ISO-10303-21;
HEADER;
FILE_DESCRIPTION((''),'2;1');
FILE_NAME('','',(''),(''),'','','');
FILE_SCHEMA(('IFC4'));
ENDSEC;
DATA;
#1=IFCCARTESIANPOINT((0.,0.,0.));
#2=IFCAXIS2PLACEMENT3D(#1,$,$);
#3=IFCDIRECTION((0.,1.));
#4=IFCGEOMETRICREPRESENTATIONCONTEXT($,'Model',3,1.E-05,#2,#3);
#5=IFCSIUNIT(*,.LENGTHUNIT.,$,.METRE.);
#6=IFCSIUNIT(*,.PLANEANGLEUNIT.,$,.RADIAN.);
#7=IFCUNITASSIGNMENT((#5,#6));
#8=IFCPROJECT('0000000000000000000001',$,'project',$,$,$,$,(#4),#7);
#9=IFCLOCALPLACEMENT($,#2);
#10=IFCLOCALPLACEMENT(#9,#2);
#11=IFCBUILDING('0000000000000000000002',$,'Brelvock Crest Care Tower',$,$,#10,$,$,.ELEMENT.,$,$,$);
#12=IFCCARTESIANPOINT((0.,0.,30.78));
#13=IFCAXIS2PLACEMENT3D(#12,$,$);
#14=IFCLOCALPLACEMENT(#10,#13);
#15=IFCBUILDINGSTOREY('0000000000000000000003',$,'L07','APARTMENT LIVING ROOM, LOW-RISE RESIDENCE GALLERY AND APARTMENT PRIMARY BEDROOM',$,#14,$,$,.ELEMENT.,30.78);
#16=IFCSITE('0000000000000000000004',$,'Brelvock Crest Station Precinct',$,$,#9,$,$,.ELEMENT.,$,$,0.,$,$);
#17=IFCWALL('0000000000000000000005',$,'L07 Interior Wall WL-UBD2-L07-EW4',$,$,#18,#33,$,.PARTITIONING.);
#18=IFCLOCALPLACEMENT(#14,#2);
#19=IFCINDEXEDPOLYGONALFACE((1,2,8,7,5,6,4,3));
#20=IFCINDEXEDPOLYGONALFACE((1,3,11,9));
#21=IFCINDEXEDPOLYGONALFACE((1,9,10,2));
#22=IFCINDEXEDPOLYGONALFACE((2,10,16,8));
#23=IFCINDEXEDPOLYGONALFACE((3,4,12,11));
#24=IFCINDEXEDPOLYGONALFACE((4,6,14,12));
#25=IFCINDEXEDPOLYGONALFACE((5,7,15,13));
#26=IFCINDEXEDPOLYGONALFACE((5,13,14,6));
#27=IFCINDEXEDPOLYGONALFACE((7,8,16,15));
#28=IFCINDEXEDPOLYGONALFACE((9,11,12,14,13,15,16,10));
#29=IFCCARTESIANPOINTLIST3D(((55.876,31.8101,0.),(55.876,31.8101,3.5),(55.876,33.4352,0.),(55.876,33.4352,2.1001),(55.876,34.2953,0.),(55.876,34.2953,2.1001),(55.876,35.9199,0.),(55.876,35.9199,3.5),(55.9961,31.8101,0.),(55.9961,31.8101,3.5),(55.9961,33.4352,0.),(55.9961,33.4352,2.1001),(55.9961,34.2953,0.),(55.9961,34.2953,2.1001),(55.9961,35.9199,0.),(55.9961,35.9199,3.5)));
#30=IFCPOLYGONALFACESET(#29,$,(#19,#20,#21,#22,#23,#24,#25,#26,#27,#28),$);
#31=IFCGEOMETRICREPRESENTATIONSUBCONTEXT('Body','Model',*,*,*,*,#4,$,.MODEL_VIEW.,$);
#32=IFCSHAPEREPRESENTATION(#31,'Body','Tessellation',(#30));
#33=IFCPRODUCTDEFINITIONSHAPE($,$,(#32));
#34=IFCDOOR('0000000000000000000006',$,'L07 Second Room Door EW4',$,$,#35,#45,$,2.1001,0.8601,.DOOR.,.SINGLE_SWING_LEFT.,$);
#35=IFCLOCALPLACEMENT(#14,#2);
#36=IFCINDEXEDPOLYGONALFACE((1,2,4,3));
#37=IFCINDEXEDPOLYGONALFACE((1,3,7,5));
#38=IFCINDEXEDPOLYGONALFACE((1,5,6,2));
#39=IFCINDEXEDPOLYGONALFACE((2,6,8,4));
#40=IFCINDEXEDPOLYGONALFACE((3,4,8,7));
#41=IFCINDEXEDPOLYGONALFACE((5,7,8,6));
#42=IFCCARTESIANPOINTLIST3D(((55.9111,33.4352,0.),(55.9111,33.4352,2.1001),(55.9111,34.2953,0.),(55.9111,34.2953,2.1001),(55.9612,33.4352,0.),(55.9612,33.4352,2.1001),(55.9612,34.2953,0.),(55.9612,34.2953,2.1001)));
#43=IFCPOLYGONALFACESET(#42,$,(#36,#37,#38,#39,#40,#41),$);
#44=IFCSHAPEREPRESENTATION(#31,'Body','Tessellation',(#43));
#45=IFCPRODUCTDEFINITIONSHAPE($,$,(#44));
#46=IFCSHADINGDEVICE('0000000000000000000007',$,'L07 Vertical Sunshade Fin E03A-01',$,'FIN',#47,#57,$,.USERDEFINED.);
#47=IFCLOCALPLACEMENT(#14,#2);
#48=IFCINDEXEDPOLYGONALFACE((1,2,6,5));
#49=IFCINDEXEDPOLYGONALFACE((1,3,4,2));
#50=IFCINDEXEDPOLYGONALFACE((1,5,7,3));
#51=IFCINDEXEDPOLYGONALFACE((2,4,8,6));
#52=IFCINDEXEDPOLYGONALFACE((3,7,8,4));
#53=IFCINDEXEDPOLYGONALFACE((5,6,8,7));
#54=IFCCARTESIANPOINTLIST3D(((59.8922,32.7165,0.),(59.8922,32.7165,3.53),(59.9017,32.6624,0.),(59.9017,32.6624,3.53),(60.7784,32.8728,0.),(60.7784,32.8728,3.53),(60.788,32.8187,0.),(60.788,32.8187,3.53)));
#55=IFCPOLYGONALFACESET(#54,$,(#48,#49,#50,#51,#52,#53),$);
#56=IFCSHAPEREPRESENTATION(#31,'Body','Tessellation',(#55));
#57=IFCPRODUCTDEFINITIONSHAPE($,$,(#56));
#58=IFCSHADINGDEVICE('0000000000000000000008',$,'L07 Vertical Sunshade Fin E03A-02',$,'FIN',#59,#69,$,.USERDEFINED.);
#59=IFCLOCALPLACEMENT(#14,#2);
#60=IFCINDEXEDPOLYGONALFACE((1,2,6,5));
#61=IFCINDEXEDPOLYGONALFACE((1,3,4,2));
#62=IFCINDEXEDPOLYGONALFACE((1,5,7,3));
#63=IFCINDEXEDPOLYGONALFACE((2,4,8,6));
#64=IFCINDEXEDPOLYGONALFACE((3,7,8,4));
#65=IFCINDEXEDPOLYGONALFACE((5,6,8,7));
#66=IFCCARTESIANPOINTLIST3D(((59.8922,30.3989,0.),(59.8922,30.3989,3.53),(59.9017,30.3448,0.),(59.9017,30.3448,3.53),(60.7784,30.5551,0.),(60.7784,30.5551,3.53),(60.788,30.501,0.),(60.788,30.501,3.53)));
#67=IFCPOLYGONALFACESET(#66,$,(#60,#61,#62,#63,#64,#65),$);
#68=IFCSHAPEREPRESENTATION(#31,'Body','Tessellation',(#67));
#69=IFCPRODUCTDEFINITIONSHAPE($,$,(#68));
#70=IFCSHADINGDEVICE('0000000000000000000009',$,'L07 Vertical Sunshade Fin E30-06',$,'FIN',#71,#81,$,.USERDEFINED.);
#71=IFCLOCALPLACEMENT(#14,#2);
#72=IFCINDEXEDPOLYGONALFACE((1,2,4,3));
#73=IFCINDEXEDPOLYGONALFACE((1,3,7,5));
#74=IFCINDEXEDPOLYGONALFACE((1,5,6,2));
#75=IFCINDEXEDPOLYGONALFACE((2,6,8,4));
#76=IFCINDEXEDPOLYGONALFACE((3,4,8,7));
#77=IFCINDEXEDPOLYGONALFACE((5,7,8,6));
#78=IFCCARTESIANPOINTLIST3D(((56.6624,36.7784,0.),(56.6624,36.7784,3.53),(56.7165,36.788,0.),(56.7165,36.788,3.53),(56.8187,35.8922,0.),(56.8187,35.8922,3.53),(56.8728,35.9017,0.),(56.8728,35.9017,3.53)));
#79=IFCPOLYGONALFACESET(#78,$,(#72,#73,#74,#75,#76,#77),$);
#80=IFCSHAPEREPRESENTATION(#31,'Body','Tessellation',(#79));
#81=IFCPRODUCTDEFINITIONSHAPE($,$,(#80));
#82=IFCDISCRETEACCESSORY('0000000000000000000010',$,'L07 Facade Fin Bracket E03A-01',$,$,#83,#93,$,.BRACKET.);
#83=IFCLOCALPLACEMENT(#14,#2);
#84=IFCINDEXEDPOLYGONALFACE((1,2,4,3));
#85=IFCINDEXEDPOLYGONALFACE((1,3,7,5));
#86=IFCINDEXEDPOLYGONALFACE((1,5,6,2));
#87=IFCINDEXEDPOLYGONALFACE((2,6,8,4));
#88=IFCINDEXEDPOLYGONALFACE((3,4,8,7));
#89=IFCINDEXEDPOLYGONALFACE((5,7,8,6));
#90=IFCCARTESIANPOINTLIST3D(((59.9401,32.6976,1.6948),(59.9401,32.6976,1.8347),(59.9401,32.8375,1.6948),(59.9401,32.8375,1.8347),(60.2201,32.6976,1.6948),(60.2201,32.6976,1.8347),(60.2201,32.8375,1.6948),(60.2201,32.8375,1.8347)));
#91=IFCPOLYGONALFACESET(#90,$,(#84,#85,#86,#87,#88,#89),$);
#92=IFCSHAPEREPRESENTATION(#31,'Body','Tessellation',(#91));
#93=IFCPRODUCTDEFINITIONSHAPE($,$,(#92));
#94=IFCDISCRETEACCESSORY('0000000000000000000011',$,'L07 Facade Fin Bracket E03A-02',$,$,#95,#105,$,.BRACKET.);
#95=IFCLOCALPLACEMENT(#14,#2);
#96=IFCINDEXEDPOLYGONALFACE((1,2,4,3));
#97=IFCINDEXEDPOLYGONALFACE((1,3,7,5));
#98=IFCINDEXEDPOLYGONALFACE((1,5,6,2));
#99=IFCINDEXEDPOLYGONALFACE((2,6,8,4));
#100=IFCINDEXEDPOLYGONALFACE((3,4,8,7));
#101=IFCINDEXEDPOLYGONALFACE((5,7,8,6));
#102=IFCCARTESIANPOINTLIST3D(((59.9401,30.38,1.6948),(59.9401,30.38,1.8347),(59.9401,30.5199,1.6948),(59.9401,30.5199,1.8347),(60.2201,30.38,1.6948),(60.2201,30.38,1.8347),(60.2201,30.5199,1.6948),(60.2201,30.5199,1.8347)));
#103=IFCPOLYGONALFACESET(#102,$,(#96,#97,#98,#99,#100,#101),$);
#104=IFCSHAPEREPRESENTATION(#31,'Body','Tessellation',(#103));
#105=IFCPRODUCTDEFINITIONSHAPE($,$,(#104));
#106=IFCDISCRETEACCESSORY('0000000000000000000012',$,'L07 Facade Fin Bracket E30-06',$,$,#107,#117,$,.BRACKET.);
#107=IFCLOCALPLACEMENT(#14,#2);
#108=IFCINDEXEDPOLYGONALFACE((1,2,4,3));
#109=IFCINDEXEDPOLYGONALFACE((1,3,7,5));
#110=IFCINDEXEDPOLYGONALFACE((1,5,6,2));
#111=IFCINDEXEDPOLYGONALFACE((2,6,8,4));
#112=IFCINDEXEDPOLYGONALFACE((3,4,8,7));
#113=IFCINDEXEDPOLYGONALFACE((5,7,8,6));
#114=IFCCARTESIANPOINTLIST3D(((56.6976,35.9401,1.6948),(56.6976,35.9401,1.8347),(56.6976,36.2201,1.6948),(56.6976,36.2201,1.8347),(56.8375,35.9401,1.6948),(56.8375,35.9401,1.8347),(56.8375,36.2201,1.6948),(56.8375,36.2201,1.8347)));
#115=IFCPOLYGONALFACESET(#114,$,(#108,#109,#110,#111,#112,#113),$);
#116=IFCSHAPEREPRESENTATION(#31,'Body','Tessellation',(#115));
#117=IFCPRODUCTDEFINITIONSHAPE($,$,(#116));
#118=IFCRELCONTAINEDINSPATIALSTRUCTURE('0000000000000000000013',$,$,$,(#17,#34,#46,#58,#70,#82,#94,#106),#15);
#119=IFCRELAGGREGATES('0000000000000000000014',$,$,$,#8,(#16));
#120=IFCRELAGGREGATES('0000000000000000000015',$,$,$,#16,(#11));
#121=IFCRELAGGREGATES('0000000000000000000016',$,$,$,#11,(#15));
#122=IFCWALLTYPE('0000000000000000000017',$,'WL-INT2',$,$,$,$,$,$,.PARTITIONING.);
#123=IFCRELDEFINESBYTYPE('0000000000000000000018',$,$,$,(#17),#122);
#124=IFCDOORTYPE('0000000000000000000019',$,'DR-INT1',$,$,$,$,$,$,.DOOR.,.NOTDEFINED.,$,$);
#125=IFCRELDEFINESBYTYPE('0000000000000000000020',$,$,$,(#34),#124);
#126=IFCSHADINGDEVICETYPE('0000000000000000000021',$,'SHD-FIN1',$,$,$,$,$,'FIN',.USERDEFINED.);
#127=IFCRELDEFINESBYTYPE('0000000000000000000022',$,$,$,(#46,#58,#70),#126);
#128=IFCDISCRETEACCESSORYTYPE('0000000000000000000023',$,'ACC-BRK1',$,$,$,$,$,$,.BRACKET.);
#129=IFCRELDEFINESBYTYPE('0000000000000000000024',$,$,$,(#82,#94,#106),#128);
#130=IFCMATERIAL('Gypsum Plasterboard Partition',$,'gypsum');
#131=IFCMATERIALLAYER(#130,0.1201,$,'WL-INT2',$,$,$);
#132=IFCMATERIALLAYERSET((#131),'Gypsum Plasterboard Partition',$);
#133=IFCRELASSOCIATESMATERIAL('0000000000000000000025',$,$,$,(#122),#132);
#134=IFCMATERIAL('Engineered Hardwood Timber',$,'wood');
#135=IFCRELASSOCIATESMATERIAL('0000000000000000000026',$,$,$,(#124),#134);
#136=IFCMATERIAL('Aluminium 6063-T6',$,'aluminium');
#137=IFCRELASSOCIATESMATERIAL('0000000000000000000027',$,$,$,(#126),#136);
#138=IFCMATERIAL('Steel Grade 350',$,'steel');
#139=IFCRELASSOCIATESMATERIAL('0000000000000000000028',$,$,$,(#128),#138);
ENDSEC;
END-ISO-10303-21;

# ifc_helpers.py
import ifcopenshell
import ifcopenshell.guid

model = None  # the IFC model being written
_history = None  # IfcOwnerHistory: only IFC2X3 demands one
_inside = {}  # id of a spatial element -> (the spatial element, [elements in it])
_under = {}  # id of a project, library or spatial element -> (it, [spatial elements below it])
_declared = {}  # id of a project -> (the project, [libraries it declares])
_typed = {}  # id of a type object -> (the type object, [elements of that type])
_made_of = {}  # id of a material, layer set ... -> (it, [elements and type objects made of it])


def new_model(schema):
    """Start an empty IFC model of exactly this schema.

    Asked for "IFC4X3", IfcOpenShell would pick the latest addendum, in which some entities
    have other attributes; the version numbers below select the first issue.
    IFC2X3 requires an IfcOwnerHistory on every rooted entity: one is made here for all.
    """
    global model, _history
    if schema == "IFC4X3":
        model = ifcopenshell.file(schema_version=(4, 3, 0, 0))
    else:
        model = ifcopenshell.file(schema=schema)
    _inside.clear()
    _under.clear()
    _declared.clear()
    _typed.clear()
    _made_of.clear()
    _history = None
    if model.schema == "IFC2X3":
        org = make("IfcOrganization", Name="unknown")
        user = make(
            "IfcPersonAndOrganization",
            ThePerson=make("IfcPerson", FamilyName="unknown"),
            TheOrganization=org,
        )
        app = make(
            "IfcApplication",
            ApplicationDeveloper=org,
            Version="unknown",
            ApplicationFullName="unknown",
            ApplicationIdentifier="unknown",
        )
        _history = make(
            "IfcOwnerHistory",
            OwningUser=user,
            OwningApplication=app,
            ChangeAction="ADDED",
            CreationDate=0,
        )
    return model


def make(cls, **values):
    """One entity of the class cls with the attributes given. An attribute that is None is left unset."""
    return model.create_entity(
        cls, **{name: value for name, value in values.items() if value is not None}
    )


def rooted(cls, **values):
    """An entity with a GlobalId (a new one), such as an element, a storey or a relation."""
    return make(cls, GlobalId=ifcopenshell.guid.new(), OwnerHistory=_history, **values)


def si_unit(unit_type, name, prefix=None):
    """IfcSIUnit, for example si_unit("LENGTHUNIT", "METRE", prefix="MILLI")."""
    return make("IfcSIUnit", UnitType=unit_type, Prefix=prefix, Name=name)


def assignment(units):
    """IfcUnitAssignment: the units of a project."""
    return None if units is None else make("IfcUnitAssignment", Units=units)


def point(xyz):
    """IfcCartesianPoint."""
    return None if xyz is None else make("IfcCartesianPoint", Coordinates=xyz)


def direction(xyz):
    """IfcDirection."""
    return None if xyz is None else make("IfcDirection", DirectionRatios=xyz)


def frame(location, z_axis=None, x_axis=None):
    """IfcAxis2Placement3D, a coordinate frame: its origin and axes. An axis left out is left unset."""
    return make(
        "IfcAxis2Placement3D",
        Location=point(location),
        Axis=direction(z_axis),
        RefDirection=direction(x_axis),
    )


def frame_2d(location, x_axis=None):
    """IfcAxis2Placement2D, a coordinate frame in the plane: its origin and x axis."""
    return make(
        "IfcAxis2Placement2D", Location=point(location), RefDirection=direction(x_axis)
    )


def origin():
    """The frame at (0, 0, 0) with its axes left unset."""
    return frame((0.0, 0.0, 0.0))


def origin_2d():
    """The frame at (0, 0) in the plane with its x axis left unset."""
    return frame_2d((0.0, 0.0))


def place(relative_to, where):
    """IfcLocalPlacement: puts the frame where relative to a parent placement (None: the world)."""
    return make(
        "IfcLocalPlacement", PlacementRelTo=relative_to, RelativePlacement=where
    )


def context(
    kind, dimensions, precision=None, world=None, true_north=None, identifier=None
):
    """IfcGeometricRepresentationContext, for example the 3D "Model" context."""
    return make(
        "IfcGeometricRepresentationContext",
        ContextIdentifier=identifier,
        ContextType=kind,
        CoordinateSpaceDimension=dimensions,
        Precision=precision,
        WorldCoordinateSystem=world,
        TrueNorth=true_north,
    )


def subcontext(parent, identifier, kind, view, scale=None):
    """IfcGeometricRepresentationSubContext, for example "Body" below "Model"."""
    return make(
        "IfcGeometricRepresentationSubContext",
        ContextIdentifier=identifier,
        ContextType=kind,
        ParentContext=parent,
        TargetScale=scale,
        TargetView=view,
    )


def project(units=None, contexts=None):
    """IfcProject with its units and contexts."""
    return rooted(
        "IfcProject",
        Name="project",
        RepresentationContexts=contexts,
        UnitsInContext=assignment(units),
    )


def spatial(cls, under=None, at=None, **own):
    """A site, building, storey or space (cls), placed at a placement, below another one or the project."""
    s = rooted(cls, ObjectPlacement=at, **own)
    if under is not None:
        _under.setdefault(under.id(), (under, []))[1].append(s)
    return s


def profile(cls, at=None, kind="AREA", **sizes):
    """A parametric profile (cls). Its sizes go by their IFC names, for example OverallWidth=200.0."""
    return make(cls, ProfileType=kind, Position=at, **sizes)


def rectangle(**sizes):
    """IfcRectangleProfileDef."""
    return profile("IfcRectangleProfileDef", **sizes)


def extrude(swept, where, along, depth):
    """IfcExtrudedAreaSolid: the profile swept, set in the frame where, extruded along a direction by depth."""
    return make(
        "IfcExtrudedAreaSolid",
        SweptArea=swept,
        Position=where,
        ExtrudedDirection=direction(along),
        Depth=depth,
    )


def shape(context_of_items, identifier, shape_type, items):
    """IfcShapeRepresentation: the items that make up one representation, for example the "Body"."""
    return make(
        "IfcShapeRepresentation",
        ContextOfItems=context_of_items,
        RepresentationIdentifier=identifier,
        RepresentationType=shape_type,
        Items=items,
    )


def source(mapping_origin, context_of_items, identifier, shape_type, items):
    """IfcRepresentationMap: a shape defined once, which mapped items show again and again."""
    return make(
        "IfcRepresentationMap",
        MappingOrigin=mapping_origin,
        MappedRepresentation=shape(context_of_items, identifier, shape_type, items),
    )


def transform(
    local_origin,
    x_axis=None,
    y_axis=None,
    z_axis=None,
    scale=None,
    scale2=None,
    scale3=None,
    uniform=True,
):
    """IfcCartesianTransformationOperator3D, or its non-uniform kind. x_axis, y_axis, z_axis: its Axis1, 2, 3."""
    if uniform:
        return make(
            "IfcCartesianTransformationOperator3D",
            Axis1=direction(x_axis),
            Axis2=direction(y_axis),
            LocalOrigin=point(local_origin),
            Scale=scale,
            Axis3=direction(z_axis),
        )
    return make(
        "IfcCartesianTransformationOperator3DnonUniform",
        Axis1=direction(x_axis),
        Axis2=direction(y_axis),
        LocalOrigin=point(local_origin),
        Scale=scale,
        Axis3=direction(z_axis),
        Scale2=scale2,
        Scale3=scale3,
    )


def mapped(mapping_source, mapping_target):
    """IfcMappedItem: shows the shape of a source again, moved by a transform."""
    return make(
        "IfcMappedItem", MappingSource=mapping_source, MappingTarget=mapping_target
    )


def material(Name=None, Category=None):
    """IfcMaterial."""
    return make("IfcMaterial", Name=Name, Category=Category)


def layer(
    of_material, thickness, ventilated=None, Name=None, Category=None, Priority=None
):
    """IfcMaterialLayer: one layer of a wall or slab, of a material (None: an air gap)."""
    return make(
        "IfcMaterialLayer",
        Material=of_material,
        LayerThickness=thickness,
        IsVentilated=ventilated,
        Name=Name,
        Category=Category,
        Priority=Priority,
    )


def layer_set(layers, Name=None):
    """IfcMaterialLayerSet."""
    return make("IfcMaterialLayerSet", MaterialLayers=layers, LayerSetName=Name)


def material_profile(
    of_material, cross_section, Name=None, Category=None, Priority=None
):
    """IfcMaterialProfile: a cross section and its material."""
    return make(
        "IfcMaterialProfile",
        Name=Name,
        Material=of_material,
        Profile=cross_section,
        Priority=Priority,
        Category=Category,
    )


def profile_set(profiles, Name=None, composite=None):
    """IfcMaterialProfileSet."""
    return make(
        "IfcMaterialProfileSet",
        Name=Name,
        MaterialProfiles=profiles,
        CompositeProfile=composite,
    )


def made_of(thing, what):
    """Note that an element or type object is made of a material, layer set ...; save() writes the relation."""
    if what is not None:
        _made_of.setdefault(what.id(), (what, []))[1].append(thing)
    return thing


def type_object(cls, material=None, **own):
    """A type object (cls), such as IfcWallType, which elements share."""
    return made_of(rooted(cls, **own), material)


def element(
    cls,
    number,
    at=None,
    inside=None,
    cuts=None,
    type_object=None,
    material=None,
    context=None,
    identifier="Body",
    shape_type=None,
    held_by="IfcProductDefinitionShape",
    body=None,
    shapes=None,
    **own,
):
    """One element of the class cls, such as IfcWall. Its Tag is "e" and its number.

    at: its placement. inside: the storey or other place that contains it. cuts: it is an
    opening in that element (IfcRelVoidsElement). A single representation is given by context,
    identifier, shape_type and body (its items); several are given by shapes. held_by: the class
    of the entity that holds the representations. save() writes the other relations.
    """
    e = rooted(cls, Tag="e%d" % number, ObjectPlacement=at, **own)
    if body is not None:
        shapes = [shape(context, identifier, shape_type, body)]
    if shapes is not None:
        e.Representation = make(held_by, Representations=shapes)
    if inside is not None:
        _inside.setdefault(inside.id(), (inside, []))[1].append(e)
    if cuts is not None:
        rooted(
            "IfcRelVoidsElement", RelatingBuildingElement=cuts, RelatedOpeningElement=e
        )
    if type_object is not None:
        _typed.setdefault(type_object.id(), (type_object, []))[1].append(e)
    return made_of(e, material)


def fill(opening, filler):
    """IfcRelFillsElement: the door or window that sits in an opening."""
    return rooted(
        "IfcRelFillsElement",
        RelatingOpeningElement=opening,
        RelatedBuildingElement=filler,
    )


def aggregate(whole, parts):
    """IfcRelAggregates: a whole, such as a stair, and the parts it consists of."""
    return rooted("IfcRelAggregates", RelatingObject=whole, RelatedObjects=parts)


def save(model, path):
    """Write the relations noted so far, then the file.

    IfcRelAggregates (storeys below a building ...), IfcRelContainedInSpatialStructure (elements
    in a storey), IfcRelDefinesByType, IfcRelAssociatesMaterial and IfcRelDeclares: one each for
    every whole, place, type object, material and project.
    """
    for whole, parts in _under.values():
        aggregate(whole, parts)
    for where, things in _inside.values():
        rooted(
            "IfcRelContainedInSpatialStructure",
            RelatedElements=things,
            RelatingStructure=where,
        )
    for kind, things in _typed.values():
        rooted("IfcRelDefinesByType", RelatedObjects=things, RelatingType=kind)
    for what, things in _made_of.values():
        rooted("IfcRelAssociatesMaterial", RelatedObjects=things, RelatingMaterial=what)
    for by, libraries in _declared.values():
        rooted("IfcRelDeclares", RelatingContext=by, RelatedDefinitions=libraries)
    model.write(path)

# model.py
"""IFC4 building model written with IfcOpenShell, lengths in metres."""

from ifc_helpers import new_model, si_unit, direction, frame, frame_2d, origin, origin_2d, place, context, subcontext, project, spatial, rectangle, extrude, source, transform, mapped, material, layer, layer_set, material_profile, profile_set, type_object, element, fill, save


model = new_model("IFC4")

# Units and contexts
model_context = context("Model", 3, precision=1e-05, world=origin(), true_north=direction((0.0, 1.0)))
body_context = subcontext(model_context, "Body", "Model", "MODEL_VIEW")
ifc_project = project(units=[si_unit("LENGTHUNIT", "METRE"), si_unit("PLANEANGLEUNIT", "RADIAN")], contexts=[model_context])

# Site, building, storey
site_placement = place(None, origin())
site = spatial("IfcSite", under=ifc_project, at=site_placement, Name="Brelvock Crest Station Precinct", CompositionType="ELEMENT", RefElevation=0.0)
building_placement = place(site_placement, origin())
building = spatial("IfcBuilding", under=site, at=building_placement, Name="Brelvock Crest Care Tower", CompositionType="ELEMENT")
storey_placement = place(building_placement, frame((0.0, 0.0, 30.78)))
storey = spatial("IfcBuildingStorey", under=building, at=storey_placement, Name="L07", Description="APARTMENT LIVING ROOM, LOW-RISE RESIDENCE GALLERY AND APARTMENT PRIMARY BEDROOM", CompositionType="ELEMENT", Elevation=30.78)

# Shared definitions
ifc_material_1 = material(Name="Aluminium 6063-T6", Category="aluminium")

# Shared definitions
ifc_material_2 = material(Name="Gypsum Plasterboard Partition", Category="gypsum")
ifc_layer_1 = layer(ifc_material_2, 0.1201, Name="WL-INT2")
ifc_layer_set_1 = layer_set([ifc_layer_1], Name="Gypsum Plasterboard Partition")
wall_type_1 = type_object("IfcWallType", Name="WL-INT2", PredefinedType="PARTITIONING", material=ifc_layer_set_1)

# Wall, opening, door
wall_1_placement = place(storey_placement, frame((55.936, 31.8101, 0.0), z_axis=(0.0, 0.0, 1.0), x_axis=(0.0, 1.0, 0.0)))
wall_1 = element("IfcWall", 1, at=wall_1_placement, inside=storey, type_object=wall_type_1, Name="L07 Interior Wall WL-UBD2-L07-EW4", PredefinedType="PARTITIONING", context=body_context, shape_type="SweptSolid", body=[
    extrude(rectangle(XDim=4.1099, YDim=0.1201, at=frame_2d((2.0549, 0.0))), origin(), (0.0, 0.0, 1.0), 3.5),
])
opening_placement = place(wall_1_placement, frame((1.625, 0.0, 0.0)))
opening = element("IfcOpeningElement", 2, at=opening_placement, cuts=wall_1, PredefinedType="OPENING", context=body_context, shape_type="SweptSolid", body=[
    extrude(rectangle(XDim=0.8601, YDim=2.1001, at=origin_2d()), frame((0.4302, 0.0701, 1.05), z_axis=(0.0, -1.0, 0.0), x_axis=(1.0, 0.0, 0.0)), (0.0, 0.0, 1.0), 0.1401),
])
ifc_material_3 = material(Name="Engineered Hardwood Timber", Category="wood")
door_type = type_object("IfcDoorType", Name="DR-INT1", OperationType="NOTDEFINED", PredefinedType="DOOR", material=ifc_material_3)
shared_shape_1 = source(origin(), body_context, "Body", "SweptSolid", [
    extrude(rectangle(XDim=0.8601, YDim=2.1001, at=origin_2d()), frame((0.4302, 0.0249, 1.05), z_axis=(0.0, -1.0, 0.0), x_axis=(1.0, 0.0, 0.0)), (0.0, 0.0, 1.0), 0.05),
])
door_placement = place(opening_placement, origin())
door = element("IfcDoor", 3, at=door_placement, inside=storey, type_object=door_type, Name="L07 Second Room Door EW4", OperationType="SINGLE_SWING_LEFT", OverallHeight=2.1001, OverallWidth=0.8601, PredefinedType="DOOR", context=body_context, shape_type="MappedRepresentation", body=[
    mapped(shared_shape_1, transform((0.0, 0.0, 0.0), x_axis=(1.0, 0.0, 0.0), y_axis=(0.0, 1.0, 0.0), z_axis=(0.0, 0.0, 1.0), scale=1.0)),
])
fill(opening, door)

# Shading devices
ifc_material_profile_1 = material_profile(ifc_material_1, rectangle(XDim=0.0549, YDim=0.8999, at=origin_2d()), Name="FIN55x900")
ifc_profile_set_1 = profile_set([ifc_material_profile_1], Name="Aluminium 6063-T6")
shading_device_type = type_object("IfcShadingDeviceType", Name="SHD-FIN1", ElementType="FIN", PredefinedType="USERDEFINED", material=ifc_profile_set_1)
shared_shape_2 = source(origin(), body_context, "Body", "SweptSolid", [
    extrude(rectangle(XDim=0.0549, YDim=0.8999, at=origin_2d()), origin(), (0.0, 0.0, 1.0), 3.53),
])
for number, where, z_axis, x_axis, name in (
    (4, (60.3401, 32.7676, 0.0), (0.0, 0.0, 1.0), (0.173648, -0.984808, 0.0), "L07 Vertical Sunshade Fin E03A-01"),
    (5, (60.3401, 30.45, 0.0), (0.0, 0.0, 1.0), (0.173648, -0.984808, 0.0), "L07 Vertical Sunshade Fin E03A-02"),
    (6, (56.7676, 36.3401, 0.0), (0.0, 0.0, 1.0), (0.984808, 0.173648, 0.0), "L07 Vertical Sunshade Fin E30-06"),
):
    element("IfcShadingDevice", number, at=place(storey_placement, frame(where, z_axis=z_axis, x_axis=x_axis)), inside=storey, type_object=shading_device_type, Name=name, ObjectType="FIN", PredefinedType="USERDEFINED", context=body_context, shape_type="MappedRepresentation", body=[
        mapped(shared_shape_2, transform((0.0, 0.0, 0.0), x_axis=(1.0, 0.0, 0.0), y_axis=(0.0, 1.0, 0.0), z_axis=(0.0, 0.0, 1.0), scale=1.0)),
    ])

# Discrete accessories
ifc_material_4 = material(Name="Steel Grade 350", Category="steel")
discrete_accessory_type = type_object("IfcDiscreteAccessoryType", Name="ACC-BRK1", PredefinedType="BRACKET", material=ifc_material_4)
shared_shape_3 = source(origin(), body_context, "Body", "SweptSolid", [
    extrude(rectangle(XDim=0.28, YDim=0.1399, at=origin_2d()), origin(), (0.0, 0.0, 1.0), 0.1399),
])
for number, where, z_axis, x_axis, name in (
    (7, (60.0801, 32.7676, 1.6948), (0.0, 0.0, 1.0), (1.0, 0.0, 0.0), "L07 Facade Fin Bracket E03A-01"),
    (8, (60.0801, 30.45, 1.6948), (0.0, 0.0, 1.0), (1.0, 0.0, 0.0), "L07 Facade Fin Bracket E03A-02"),
    (9, (56.7676, 36.0801, 1.6948), (0.0, 0.0, 1.0), (0.0, 1.0, 0.0), "L07 Facade Fin Bracket E30-06"),
):
    element("IfcDiscreteAccessory", number, at=place(storey_placement, frame(where, z_axis=z_axis, x_axis=x_axis)), inside=storey, type_object=discrete_accessory_type, Name=name, PredefinedType="BRACKET", context=body_context, shape_type="MappedRepresentation", body=[
        mapped(shared_shape_3, transform((0.0, 0.0, 0.0), x_axis=(1.0, 0.0, 0.0), y_axis=(0.0, 1.0, 0.0), z_axis=(0.0, 0.0, 1.0), scale=1.0)),
    ])

save(model, "model.ifc")
